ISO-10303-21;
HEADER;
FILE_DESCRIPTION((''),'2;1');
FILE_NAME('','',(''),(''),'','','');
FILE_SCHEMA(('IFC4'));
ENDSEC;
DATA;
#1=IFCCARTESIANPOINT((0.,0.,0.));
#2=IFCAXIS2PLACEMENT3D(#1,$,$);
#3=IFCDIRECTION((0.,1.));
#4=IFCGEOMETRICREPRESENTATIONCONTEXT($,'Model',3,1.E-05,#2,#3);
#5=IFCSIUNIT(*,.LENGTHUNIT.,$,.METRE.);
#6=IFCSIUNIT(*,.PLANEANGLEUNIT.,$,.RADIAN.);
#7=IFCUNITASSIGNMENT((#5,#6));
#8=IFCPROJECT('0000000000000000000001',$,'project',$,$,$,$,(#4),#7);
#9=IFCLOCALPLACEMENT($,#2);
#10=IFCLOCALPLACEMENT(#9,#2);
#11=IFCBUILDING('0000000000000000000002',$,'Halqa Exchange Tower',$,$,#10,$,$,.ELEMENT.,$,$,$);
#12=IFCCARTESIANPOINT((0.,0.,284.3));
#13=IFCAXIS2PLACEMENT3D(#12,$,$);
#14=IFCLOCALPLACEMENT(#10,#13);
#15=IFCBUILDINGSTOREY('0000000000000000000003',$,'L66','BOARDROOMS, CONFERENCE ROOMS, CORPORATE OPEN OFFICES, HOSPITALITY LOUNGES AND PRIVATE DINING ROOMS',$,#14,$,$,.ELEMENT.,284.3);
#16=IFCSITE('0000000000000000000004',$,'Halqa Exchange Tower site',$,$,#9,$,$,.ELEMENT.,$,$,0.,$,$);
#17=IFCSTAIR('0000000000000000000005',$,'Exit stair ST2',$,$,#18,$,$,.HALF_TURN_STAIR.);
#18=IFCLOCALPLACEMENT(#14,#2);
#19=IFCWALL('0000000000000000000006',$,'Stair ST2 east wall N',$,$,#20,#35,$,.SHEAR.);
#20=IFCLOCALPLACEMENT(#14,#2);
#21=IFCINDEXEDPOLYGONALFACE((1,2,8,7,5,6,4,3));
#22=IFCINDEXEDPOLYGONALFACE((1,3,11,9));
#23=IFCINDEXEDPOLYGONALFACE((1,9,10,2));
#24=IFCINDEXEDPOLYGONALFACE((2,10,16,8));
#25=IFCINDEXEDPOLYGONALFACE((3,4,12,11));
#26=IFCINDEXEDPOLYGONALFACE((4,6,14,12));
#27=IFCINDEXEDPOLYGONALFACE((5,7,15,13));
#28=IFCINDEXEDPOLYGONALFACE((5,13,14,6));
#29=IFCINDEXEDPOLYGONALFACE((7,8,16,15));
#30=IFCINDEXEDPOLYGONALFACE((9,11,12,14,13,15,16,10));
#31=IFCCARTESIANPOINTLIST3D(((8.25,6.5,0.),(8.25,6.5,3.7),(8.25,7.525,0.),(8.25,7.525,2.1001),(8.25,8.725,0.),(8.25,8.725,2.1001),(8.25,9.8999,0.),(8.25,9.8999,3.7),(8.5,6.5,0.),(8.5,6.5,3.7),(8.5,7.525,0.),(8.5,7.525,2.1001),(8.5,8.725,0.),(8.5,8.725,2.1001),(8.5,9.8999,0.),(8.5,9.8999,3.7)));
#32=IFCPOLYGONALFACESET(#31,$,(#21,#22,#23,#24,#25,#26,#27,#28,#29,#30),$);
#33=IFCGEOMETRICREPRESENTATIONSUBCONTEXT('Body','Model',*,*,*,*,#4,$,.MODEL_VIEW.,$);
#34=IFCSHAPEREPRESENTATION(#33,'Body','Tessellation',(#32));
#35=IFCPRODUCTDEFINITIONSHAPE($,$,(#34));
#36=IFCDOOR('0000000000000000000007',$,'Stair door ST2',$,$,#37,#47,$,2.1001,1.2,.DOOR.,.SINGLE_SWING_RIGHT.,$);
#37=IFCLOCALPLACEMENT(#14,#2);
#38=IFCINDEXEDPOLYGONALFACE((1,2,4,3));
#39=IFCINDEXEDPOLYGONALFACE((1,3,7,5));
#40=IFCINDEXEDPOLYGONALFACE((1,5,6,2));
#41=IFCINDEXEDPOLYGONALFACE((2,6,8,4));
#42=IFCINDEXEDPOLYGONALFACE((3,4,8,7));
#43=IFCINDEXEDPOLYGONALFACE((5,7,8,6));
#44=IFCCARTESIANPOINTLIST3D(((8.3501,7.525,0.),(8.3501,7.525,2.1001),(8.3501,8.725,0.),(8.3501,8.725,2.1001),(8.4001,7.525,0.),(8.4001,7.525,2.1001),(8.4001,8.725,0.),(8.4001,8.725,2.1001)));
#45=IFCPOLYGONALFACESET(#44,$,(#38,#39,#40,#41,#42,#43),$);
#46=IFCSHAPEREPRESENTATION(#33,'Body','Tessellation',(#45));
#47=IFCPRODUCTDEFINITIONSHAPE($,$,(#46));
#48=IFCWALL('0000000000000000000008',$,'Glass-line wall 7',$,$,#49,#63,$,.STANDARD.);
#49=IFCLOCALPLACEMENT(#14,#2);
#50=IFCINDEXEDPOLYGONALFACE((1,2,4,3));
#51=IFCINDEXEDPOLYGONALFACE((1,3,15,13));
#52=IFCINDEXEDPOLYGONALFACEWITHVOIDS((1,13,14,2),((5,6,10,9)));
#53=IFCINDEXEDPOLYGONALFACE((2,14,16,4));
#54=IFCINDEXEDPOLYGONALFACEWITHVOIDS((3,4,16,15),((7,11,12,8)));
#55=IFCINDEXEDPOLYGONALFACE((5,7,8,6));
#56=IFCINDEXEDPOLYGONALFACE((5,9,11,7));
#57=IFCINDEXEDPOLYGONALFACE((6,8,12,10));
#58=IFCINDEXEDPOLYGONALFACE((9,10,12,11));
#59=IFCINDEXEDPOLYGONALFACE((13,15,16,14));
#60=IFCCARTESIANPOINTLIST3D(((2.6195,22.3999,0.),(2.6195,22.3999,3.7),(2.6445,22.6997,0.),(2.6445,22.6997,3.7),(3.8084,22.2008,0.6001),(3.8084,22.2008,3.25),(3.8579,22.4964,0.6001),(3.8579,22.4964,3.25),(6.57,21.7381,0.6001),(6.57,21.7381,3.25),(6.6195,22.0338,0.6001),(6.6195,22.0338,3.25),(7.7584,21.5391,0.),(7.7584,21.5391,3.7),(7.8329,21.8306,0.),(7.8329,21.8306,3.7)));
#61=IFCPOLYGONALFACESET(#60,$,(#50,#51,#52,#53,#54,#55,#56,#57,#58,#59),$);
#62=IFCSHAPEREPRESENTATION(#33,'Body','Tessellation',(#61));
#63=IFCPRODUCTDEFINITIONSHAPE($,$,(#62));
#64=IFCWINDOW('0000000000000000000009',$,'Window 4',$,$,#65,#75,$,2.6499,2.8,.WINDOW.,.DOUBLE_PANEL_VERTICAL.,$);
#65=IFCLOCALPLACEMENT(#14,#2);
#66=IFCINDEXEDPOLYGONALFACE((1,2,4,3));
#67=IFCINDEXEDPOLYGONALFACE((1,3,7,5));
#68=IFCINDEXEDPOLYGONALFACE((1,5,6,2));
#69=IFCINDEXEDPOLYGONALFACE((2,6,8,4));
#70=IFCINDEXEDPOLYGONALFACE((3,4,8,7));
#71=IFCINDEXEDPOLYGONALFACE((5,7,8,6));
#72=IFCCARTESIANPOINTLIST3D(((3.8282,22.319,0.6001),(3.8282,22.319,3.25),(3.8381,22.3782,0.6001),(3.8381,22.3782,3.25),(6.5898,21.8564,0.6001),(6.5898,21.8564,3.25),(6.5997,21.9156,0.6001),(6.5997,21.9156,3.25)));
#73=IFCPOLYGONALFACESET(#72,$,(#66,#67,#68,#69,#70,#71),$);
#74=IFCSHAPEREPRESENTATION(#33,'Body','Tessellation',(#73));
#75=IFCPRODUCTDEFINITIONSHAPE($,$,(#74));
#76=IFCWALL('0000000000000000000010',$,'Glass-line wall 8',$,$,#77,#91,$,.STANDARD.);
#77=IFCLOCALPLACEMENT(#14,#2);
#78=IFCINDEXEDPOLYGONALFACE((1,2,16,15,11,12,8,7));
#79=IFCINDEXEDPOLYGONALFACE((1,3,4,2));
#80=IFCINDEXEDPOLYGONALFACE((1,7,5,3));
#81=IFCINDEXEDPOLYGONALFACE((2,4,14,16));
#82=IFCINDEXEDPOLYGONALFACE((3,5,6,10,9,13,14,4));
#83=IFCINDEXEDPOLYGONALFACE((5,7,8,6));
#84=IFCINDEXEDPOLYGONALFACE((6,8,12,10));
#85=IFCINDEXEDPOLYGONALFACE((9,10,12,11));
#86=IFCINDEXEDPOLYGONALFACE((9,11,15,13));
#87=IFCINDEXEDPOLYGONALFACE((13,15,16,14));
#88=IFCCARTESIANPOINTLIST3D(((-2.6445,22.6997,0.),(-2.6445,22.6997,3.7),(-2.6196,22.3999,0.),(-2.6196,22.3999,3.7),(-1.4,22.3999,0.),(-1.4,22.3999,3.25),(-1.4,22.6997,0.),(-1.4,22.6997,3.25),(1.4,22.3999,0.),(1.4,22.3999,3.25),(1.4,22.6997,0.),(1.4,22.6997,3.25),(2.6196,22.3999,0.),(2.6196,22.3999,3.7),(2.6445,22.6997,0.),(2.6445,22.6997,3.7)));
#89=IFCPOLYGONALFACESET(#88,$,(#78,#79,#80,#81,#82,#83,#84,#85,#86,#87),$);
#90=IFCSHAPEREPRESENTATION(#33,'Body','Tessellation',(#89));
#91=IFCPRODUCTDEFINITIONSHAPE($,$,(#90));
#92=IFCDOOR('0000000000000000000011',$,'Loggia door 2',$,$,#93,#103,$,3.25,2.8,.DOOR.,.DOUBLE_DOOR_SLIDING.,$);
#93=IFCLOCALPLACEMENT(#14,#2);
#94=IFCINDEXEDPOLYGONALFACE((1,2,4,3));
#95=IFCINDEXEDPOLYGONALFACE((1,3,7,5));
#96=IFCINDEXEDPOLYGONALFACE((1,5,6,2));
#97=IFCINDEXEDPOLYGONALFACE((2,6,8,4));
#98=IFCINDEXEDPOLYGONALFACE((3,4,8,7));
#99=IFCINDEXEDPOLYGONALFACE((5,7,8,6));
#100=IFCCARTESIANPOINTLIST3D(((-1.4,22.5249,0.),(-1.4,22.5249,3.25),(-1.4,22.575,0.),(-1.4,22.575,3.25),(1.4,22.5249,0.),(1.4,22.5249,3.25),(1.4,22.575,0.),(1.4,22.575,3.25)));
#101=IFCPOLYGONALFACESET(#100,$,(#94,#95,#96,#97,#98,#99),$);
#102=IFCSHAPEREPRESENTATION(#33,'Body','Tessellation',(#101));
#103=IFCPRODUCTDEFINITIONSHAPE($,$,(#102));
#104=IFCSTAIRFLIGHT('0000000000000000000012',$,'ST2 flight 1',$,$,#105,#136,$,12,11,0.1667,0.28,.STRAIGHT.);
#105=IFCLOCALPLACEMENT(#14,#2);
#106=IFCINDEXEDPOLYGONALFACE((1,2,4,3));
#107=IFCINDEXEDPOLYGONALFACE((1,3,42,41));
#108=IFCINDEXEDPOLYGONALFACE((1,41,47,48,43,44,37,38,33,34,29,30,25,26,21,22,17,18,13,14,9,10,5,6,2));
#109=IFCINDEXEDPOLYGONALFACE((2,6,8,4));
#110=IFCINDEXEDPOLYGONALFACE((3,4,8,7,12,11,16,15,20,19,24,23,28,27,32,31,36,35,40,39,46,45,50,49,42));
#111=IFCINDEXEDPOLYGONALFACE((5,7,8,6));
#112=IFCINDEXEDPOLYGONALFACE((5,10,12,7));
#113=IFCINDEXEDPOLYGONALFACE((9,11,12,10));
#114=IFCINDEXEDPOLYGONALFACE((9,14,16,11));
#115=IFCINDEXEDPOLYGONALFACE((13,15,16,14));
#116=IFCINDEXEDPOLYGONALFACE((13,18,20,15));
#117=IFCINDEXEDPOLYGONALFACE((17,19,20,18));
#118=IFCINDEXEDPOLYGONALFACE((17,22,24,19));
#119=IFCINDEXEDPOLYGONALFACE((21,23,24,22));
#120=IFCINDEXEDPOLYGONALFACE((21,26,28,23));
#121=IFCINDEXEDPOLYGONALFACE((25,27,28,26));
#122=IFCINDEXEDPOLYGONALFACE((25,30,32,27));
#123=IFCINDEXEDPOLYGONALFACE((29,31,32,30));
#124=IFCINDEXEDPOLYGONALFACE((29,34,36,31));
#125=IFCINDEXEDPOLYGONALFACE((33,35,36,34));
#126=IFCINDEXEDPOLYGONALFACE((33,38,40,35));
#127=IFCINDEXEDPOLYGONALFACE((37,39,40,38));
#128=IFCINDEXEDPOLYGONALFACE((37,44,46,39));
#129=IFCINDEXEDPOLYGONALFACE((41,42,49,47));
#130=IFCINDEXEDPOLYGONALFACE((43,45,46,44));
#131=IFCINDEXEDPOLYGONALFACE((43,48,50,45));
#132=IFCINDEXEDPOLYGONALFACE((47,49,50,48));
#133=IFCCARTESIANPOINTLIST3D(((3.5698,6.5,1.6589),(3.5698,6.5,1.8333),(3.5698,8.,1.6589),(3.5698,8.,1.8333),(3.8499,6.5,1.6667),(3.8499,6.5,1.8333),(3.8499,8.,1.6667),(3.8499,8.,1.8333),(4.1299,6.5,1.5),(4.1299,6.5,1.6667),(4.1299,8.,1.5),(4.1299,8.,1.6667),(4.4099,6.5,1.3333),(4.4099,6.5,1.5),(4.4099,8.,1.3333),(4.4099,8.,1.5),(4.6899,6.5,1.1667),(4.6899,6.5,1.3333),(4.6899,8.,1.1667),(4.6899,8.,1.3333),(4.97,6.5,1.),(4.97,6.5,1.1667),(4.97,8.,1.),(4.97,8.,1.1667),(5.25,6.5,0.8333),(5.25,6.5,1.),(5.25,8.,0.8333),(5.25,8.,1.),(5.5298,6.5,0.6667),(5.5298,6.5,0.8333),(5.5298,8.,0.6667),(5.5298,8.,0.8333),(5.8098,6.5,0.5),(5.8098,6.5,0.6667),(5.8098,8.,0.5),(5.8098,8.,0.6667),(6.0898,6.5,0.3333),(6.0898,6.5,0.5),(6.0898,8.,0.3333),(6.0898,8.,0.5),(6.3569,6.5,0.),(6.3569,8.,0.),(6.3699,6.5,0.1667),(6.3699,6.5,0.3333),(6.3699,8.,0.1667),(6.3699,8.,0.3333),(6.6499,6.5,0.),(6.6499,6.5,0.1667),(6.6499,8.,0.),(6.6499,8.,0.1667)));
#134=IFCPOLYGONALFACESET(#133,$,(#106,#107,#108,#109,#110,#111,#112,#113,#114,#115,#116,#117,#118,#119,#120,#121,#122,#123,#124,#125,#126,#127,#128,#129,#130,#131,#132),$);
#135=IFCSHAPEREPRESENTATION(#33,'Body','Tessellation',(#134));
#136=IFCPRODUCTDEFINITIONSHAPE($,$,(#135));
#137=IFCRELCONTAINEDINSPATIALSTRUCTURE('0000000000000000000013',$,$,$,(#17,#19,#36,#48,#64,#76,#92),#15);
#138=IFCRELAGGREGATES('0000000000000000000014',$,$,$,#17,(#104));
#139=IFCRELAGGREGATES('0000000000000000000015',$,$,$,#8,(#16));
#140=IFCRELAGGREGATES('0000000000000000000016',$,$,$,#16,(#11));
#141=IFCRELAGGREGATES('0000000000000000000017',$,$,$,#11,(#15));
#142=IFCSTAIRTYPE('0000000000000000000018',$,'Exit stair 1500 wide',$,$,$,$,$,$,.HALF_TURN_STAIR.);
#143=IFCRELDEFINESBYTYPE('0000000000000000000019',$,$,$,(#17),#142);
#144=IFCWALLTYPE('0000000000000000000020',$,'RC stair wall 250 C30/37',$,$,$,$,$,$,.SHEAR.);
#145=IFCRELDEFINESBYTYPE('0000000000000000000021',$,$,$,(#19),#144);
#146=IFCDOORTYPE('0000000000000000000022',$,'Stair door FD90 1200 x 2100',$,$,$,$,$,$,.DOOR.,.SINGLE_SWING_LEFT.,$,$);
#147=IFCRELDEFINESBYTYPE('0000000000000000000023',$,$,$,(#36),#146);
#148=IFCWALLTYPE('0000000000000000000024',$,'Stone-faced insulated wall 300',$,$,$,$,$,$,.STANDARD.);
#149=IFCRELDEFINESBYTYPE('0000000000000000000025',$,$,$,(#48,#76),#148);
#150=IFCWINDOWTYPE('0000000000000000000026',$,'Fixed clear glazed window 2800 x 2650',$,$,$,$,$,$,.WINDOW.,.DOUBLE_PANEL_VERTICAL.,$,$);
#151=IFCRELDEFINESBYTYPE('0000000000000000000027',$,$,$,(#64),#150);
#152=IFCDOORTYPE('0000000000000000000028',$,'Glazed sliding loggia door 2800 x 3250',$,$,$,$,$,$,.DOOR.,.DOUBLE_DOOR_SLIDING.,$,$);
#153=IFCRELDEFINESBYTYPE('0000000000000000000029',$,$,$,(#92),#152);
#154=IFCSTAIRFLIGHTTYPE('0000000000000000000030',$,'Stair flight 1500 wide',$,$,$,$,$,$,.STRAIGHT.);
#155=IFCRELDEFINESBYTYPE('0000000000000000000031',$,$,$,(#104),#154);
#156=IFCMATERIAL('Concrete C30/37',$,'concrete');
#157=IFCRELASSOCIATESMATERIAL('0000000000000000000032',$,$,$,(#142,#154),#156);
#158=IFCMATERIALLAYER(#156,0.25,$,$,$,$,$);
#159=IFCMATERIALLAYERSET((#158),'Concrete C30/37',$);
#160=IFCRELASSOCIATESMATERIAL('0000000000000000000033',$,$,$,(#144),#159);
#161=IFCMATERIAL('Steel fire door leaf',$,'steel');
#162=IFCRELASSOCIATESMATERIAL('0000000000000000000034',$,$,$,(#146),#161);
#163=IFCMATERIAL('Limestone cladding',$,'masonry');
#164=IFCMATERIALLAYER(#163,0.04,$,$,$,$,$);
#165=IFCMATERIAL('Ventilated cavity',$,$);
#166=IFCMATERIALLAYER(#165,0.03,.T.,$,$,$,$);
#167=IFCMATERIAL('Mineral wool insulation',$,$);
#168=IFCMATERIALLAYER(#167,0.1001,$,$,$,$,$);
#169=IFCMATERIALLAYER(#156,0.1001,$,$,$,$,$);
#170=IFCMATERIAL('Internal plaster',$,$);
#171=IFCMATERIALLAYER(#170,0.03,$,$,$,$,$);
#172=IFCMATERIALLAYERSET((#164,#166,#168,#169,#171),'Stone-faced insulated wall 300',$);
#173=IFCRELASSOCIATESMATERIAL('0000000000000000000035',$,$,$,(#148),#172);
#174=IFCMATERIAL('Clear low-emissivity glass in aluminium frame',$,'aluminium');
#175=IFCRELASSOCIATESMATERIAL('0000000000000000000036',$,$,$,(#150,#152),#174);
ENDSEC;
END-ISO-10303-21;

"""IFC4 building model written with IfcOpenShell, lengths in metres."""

from ifc_helpers import new_model, si_unit, direction, frame, frame_2d, origin, place, context, subcontext, project, spatial, polyline, rectangle, outline, extrude, material, layer, layer_set, type_object, element, fill, aggregate, save


model = new_model("IFC4")

# Units and contexts
model_context = context("Model", 3, precision=1e-05, world=origin(), true_north=direction((0.0, 1.0)))
body_context = subcontext(model_context, "Body", "Model", "MODEL_VIEW")
ifc_project = project(units=[si_unit("LENGTHUNIT", "METRE"), si_unit("PLANEANGLEUNIT", "RADIAN")], contexts=[model_context])

# Site, building, storey
site_placement = place(None, origin())
site = spatial("IfcSite", under=ifc_project, at=site_placement, Name="Halqa Exchange Tower site", CompositionType="ELEMENT", RefElevation=0.0)
building_placement = place(site_placement, origin())
building = spatial("IfcBuilding", under=site, at=building_placement, Name="Halqa Exchange Tower", CompositionType="ELEMENT")
storey_placement = place(building_placement, frame((0.0, 0.0, 284.3)))
storey = spatial("IfcBuildingStorey", under=building, at=storey_placement, Name="L66", Description="BOARDROOMS, CONFERENCE ROOMS, CORPORATE OPEN OFFICES, HOSPITALITY LOUNGES AND PRIVATE DINING ROOMS", CompositionType="ELEMENT", Elevation=284.3)

# Stair
ifc_material_1 = material(Name="Concrete C30/37", Category="concrete")
stair_type = type_object("IfcStairType", Name="Exit stair 1500 wide", PredefinedType="HALF_TURN_STAIR", material=ifc_material_1)
stair_1_placement = place(storey_placement, origin())
stair_1 = element("IfcStair", 1, at=stair_1_placement, inside=storey, type_object=stair_type, Name="Exit stair ST2", PredefinedType="HALF_TURN_STAIR")

# Shared definitions
ifc_layer_1 = layer(ifc_material_1, 0.25)
ifc_layer_set_1 = layer_set([ifc_layer_1], Name="Concrete C30/37")
wall_type_1 = type_object("IfcWallType", Name="RC stair wall 250 C30/37", PredefinedType="SHEAR", material=ifc_layer_set_1)

# Wall, opening, door
wall_1_placement = place(storey_placement, frame((8.375, 6.5, 0.0), z_axis=(0.0, 0.0, 1.0), x_axis=(0.0, 1.0, 0.0)))
wall_1 = element("IfcWall", 2, at=wall_1_placement, inside=storey, type_object=wall_type_1, Name="Stair ST2 east wall N", PredefinedType="SHEAR", context=body_context, shape_type="SweptSolid", body=[
    extrude(rectangle(XDim=3.3999, YDim=0.25, at=frame_2d((1.7, 0.0))), origin(), (0.0, 0.0, 1.0), 3.7),
])
opening_1_placement = place(wall_1_placement, frame((1.0249, 0.0, 0.0)))
opening_1 = element("IfcOpeningElement", 3, at=opening_1_placement, cuts=wall_1, PredefinedType="OPENING", context=body_context, shape_type="SweptSolid", body=[
    extrude(rectangle(XDim=1.2, YDim=2.1001, at=frame_2d((0.6001, 1.05))), frame((0.0, 0.137, 0.0), z_axis=(0.0, -1.0, 0.0), x_axis=(1.0, 0.0, 0.0)), (0.0, 0.0, 1.0), 0.2739),
])
ifc_material_2 = material(Name="Steel fire door leaf", Category="steel")
door_type_1 = type_object("IfcDoorType", Name="Stair door FD90 1200 x 2100", OperationType="SINGLE_SWING_LEFT", PredefinedType="DOOR", material=ifc_material_2)
door_1_placement = place(opening_1_placement, origin())
door_1 = element("IfcDoor", 4, at=door_1_placement, inside=storey, type_object=door_type_1, Name="Stair door ST2", OperationType="SINGLE_SWING_RIGHT", OverallHeight=2.1001, OverallWidth=1.2, PredefinedType="DOOR", context=body_context, shape_type="SweptSolid", body=[
    extrude(rectangle(XDim=1.2, YDim=2.1001, at=frame_2d((0.6001, 1.05))), frame((0.0, 0.0249, 0.0), z_axis=(0.0, -1.0, 0.0), x_axis=(1.0, 0.0, 0.0)), (0.0, 0.0, 1.0), 0.05),
])
fill(opening_1, door_1)

# Wall, opening, window
ifc_material_3 = material(Name="Limestone cladding", Category="masonry")
ifc_layer_2 = layer(ifc_material_3, 0.04)
ifc_material_4 = material(Name="Ventilated cavity")
ifc_layer_3 = layer(ifc_material_4, 0.03, ventilated=True)
ifc_material_5 = material(Name="Mineral wool insulation")
ifc_layer_4 = layer(ifc_material_5, 0.1001)
ifc_layer_5 = layer(ifc_material_1, 0.1001)
ifc_material_6 = material(Name="Internal plaster")
ifc_layer_6 = layer(ifc_material_6, 0.03)
ifc_layer_set_2 = layer_set([ifc_layer_2, ifc_layer_3, ifc_layer_4, ifc_layer_5, ifc_layer_6], Name="Stone-faced insulated wall 300")
wall_type_2 = type_object("IfcWallType", Name="Stone-faced insulated wall 300", PredefinedType="STANDARD", material=ifc_layer_set_2)
wall_2_placement = place(storey_placement, frame((7.7957, 21.6848, 0.0), z_axis=(0.0, 0.0, 1.0), x_axis=(-0.986257, 0.165216, 0.0)))
wall_2 = element("IfcWall", 5, at=wall_2_placement, inside=storey, type_object=wall_type_2, Name="Glass-line wall 7", PredefinedType="STANDARD", context=body_context, shape_type="SweptSolid", body=[
    extrude(outline(polyline([(-0.0127, -0.1499), (5.248, -0.1499), (5.2231, 0.1499), (0.0127, 0.1499), (-0.0127, -0.1499)])), origin(), (0.0, 0.0, 1.0), 3.7),
])
opening_2_placement = place(wall_2_placement, frame((1.2178, 0.0, 0.6001)))
opening_2 = element("IfcOpeningElement", 6, at=opening_2_placement, cuts=wall_2, PredefinedType="OPENING", context=body_context, shape_type="SweptSolid", body=[
    extrude(rectangle(XDim=2.8, YDim=2.6499, at=frame_2d((1.3999, 1.325))), frame((0.0, 0.1621, 0.0), z_axis=(0.0, -1.0, 0.0), x_axis=(1.0, 0.0, 0.0)), (0.0, 0.0, 1.0), 0.324),
])
ifc_material_7 = material(Name="Clear low-emissivity glass in aluminium frame", Category="aluminium")
window_type = type_object("IfcWindowType", Name="Fixed clear glazed window 2800 x 2650", PartitioningType="DOUBLE_PANEL_VERTICAL", PredefinedType="WINDOW", material=ifc_material_7)
window_placement = place(opening_2_placement, origin())
window = element("IfcWindow", 7, at=window_placement, inside=storey, type_object=window_type, Name="Window 4", OverallHeight=2.6499, OverallWidth=2.8, PartitioningType="DOUBLE_PANEL_VERTICAL", PredefinedType="WINDOW", context=body_context, shape_type="SweptSolid", body=[
    extrude(rectangle(XDim=2.8, YDim=2.6499, at=frame_2d((1.3999, 1.325))), frame((0.0, 0.03, 0.0), z_axis=(0.0, -1.0, 0.0), x_axis=(1.0, 0.0, 0.0)), (0.0, 0.0, 1.0), 0.0601),
])
fill(opening_2, window)

# Wall, opening, door
wall_3_placement = place(storey_placement, frame((2.6321, 22.5498, 0.0), z_axis=(0.0, 0.0, 1.0), x_axis=(-1.0, 0.0, 0.0)))
wall_3 = element("IfcWall", 8, at=wall_3_placement, inside=storey, type_object=wall_type_2, Name="Glass-line wall 8", PredefinedType="STANDARD", context=body_context, shape_type="SweptSolid", body=[
    extrude(outline(polyline([(-0.0125, -0.1499), (5.2766, -0.1499), (5.2517, 0.1499), (0.0125, 0.1499), (-0.0125, -0.1499)])), origin(), (0.0, 0.0, 1.0), 3.7),
])
opening_3_placement = place(wall_3_placement, frame((1.2322, 0.0, 0.0)))
opening_3 = element("IfcOpeningElement", 9, at=opening_3_placement, cuts=wall_3, PredefinedType="OPENING", context=body_context, shape_type="SweptSolid", body=[
    extrude(rectangle(XDim=2.8, YDim=3.25, at=frame_2d((1.3999, 1.625))), frame((0.0, 0.1621, 0.0), z_axis=(0.0, -1.0, 0.0), x_axis=(1.0, 0.0, 0.0)), (0.0, 0.0, 1.0), 0.324),
])
door_type_2 = type_object("IfcDoorType", Name="Glazed sliding loggia door 2800 x 3250", OperationType="DOUBLE_DOOR_SLIDING", PredefinedType="DOOR", material=ifc_material_7)
door_2_placement = place(opening_3_placement, origin())
door_2 = element("IfcDoor", 10, at=door_2_placement, inside=storey, type_object=door_type_2, Name="Loggia door 2", OperationType="DOUBLE_DOOR_SLIDING", OverallHeight=3.25, OverallWidth=2.8, PredefinedType="DOOR", context=body_context, shape_type="SweptSolid", body=[
    extrude(rectangle(XDim=2.8, YDim=3.25, at=frame_2d((1.3999, 1.625))), frame((0.0, 0.0249, 0.0), z_axis=(0.0, -1.0, 0.0), x_axis=(1.0, 0.0, 0.0)), (0.0, 0.0, 1.0), 0.05),
])
fill(opening_3, door_2)

# Stair flight
stair_flight_type = type_object("IfcStairFlightType", Name="Stair flight 1500 wide", PredefinedType="STRAIGHT", material=ifc_material_1)
stair_flight_1_placement = place(storey_placement, frame((6.6499, 7.25, 0.0), z_axis=(0.0, 0.0, 1.0), x_axis=(-1.0, 0.0, 0.0)))
stair_flight_1 = element("IfcStairFlight", 11, at=stair_flight_1_placement, type_object=stair_flight_type, Name="ST2 flight 1", NumberOfRisers=12, NumberOfTreads=11, PredefinedType="STRAIGHT", RiserHeight=0.1667, TreadLength=0.28, context=body_context, shape_type="SweptSolid", body=[
    extrude(outline(polyline([(0.0, 0.0), (0.0, 0.1667), (0.28, 0.1667), (0.28, 0.3333), (0.5601, 0.3333), (0.5601, 0.5), (0.8401, 0.5), (0.8401, 0.6667), (1.1201, 0.6667), (1.1201, 0.8333), (1.3999, 0.8333), (1.3999, 1.0), (1.6799, 1.0), (1.6799, 1.1667), (1.96, 1.1667), (1.96, 1.3333), (2.24, 1.3333), (2.24, 1.5), (2.52, 1.5), (2.52, 1.6667), (2.8, 1.6667), (2.8, 1.8333), (3.0801, 1.8333), (3.0801, 2.0), (3.0801, 1.6589), (0.293, 0.0), (0.0, 0.0)])), frame((0.0, 0.75, 0.0), z_axis=(0.0, -1.0, 0.0), x_axis=(1.0, 0.0, 0.0)), (0.0, 0.0, 1.0), 1.5),
])
aggregate(stair_1, [stair_flight_1])

save(model, "model.ifc")
